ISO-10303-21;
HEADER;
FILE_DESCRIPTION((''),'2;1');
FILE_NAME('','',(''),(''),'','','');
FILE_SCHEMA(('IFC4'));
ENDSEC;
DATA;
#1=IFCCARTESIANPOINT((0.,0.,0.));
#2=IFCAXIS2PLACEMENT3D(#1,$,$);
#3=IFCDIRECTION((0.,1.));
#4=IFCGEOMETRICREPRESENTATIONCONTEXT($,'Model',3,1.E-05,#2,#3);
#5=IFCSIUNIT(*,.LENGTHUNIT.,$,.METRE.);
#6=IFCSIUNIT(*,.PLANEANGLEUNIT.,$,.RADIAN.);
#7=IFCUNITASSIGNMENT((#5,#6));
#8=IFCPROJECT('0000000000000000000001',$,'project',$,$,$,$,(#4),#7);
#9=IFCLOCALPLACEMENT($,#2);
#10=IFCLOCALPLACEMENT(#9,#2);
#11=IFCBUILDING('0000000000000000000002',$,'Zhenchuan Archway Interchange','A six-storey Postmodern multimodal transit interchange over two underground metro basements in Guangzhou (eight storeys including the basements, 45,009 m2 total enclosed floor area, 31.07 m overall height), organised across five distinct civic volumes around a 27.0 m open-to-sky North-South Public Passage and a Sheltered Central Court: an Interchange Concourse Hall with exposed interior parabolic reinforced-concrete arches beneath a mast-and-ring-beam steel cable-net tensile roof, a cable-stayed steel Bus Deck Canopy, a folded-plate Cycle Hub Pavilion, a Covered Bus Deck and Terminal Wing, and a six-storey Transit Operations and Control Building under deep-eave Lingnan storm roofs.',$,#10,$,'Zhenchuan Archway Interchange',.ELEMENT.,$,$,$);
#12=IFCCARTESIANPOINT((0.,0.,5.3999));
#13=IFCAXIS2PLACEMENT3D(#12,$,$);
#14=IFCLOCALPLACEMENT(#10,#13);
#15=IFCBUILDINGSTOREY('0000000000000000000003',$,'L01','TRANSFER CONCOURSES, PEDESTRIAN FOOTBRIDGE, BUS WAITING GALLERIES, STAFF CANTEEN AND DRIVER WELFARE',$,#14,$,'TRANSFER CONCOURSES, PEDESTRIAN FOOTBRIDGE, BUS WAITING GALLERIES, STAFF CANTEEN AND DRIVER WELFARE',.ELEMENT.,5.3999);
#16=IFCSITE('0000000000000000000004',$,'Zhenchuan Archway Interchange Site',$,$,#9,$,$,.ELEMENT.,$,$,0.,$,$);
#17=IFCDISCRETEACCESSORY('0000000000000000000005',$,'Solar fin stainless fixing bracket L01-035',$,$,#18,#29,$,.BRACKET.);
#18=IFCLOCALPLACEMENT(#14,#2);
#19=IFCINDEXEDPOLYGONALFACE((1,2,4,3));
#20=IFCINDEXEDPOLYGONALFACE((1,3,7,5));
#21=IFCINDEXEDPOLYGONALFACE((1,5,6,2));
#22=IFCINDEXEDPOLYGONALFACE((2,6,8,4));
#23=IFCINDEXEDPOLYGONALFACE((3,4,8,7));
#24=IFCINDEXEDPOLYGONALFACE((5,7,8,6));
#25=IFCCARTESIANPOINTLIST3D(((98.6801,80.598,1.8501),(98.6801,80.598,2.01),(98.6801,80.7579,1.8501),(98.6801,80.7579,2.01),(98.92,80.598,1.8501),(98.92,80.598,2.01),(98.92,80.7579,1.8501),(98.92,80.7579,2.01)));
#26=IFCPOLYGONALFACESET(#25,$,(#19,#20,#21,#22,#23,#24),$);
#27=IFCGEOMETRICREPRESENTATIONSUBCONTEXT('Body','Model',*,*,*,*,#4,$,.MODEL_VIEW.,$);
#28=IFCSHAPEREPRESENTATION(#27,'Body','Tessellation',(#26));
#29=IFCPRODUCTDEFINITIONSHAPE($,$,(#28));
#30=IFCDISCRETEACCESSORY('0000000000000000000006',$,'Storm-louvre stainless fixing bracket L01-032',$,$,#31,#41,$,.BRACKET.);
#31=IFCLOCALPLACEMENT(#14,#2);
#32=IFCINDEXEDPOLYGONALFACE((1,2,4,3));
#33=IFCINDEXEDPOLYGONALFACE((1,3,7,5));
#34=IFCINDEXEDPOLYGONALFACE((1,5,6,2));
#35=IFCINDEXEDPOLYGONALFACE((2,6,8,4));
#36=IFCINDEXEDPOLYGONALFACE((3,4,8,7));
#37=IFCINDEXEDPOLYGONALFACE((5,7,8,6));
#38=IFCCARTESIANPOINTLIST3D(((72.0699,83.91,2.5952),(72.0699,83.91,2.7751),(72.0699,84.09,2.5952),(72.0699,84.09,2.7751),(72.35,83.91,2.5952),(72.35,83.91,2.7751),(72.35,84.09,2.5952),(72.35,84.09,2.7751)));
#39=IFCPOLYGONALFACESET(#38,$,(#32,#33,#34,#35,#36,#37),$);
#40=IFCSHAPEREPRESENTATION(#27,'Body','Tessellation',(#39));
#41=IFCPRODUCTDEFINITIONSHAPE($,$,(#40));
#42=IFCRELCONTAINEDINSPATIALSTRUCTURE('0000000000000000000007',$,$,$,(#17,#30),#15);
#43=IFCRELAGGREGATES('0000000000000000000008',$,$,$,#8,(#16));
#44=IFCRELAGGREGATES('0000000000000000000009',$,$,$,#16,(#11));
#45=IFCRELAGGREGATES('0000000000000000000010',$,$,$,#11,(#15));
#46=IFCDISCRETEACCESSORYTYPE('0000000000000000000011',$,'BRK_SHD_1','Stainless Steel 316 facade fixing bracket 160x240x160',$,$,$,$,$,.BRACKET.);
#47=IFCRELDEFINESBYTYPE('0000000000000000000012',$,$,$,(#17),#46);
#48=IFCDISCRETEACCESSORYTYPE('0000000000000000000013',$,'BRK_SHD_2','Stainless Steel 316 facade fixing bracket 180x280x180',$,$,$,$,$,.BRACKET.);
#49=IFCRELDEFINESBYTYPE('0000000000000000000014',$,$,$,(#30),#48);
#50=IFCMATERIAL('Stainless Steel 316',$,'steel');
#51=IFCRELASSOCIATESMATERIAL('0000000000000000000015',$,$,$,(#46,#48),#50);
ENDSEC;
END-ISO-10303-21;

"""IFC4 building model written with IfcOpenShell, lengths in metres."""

from ifc_helpers import new_model, si_unit, direction, frame, origin, origin_2d, place, context, subcontext, project, spatial, rectangle, extrude, material, type_object, element, save


model = new_model("IFC4")

# Units and contexts
model_context = context("Model", 3, precision=1e-05, world=origin(), true_north=direction((0.0, 1.0)))
body_context = subcontext(model_context, "Body", "Model", "MODEL_VIEW")
ifc_project = project(units=[si_unit("LENGTHUNIT", "METRE"), si_unit("PLANEANGLEUNIT", "RADIAN")], contexts=[model_context])

# Site, building, storey
site_placement = place(None, origin())
site = spatial("IfcSite", under=ifc_project, at=site_placement, Name="Zhenchuan Archway Interchange Site", CompositionType="ELEMENT", RefElevation=0.0)
building_placement = place(site_placement, origin())
building = spatial("IfcBuilding", under=site, at=building_placement, Name="Zhenchuan Archway Interchange", Description="A six-storey Postmodern multimodal transit interchange over two underground metro basements in Guangzhou (eight storeys including the basements, 45,009 m2 total enclosed floor area, 31.07 m overall height), organised across five distinct civic volumes around a 27.0 m open-to-sky North-South Public Passage and a Sheltered Central Court: an Interchange Concourse Hall with exposed interior parabolic reinforced-concrete arches beneath a mast-and-ring-beam steel cable-net tensile roof, a cable-stayed steel Bus Deck Canopy, a folded-plate Cycle Hub Pavilion, a Covered Bus Deck and Terminal Wing, and a six-storey Transit Operations and Control Building under deep-eave Lingnan storm roofs.", LongName="Zhenchuan Archway Interchange", CompositionType="ELEMENT")
storey_placement = place(building_placement, frame((0.0, 0.0, 5.3999)))
storey = spatial("IfcBuildingStorey", under=building, at=storey_placement, Name="L01", Description="TRANSFER CONCOURSES, PEDESTRIAN FOOTBRIDGE, BUS WAITING GALLERIES, STAFF CANTEEN AND DRIVER WELFARE", LongName="TRANSFER CONCOURSES, PEDESTRIAN FOOTBRIDGE, BUS WAITING GALLERIES, STAFF CANTEEN AND DRIVER WELFARE", CompositionType="ELEMENT", Elevation=5.3999)

# Discrete accessories
ifc_material_1 = material(Name="Stainless Steel 316", Category="steel")
discrete_accessory_type_1 = type_object("IfcDiscreteAccessoryType", Name="BRK_SHD_1", Description="Stainless Steel 316 facade fixing bracket 160x240x160", PredefinedType="BRACKET", material=ifc_material_1)
discrete_accessory_1_placement = place(storey_placement, frame((98.8, 80.678, 1.8501), z_axis=(0.0, 0.0, 1.0), x_axis=(0.0, 1.0, 0.0)))
element("IfcDiscreteAccessory", 1, at=discrete_accessory_1_placement, inside=storey, type_object=discrete_accessory_type_1, Name="Solar fin stainless fixing bracket L01-035", PredefinedType="BRACKET", context=body_context, shape_type="SweptSolid", body=[
    extrude(rectangle(XDim=0.1599, YDim=0.24, at=origin_2d()), origin(), (0.0, 0.0, 1.0), 0.1599),
])
discrete_accessory_type_2 = type_object("IfcDiscreteAccessoryType", Name="BRK_SHD_2", Description="Stainless Steel 316 facade fixing bracket 180x280x180", PredefinedType="BRACKET", material=ifc_material_1)
discrete_accessory_2_placement = place(storey_placement, frame((72.21, 84.0, 2.5952), z_axis=(0.0, 0.0, 1.0), x_axis=(0.0, -1.0, 0.0)))
element("IfcDiscreteAccessory", 2, at=discrete_accessory_2_placement, inside=storey, type_object=discrete_accessory_type_2, Name="Storm-louvre stainless fixing bracket L01-032", PredefinedType="BRACKET", context=body_context, shape_type="SweptSolid", body=[
    extrude(rectangle(XDim=0.1799, YDim=0.28, at=origin_2d()), origin(), (0.0, 0.0, 1.0), 0.1799),
])

save(model, "model.ifc")
